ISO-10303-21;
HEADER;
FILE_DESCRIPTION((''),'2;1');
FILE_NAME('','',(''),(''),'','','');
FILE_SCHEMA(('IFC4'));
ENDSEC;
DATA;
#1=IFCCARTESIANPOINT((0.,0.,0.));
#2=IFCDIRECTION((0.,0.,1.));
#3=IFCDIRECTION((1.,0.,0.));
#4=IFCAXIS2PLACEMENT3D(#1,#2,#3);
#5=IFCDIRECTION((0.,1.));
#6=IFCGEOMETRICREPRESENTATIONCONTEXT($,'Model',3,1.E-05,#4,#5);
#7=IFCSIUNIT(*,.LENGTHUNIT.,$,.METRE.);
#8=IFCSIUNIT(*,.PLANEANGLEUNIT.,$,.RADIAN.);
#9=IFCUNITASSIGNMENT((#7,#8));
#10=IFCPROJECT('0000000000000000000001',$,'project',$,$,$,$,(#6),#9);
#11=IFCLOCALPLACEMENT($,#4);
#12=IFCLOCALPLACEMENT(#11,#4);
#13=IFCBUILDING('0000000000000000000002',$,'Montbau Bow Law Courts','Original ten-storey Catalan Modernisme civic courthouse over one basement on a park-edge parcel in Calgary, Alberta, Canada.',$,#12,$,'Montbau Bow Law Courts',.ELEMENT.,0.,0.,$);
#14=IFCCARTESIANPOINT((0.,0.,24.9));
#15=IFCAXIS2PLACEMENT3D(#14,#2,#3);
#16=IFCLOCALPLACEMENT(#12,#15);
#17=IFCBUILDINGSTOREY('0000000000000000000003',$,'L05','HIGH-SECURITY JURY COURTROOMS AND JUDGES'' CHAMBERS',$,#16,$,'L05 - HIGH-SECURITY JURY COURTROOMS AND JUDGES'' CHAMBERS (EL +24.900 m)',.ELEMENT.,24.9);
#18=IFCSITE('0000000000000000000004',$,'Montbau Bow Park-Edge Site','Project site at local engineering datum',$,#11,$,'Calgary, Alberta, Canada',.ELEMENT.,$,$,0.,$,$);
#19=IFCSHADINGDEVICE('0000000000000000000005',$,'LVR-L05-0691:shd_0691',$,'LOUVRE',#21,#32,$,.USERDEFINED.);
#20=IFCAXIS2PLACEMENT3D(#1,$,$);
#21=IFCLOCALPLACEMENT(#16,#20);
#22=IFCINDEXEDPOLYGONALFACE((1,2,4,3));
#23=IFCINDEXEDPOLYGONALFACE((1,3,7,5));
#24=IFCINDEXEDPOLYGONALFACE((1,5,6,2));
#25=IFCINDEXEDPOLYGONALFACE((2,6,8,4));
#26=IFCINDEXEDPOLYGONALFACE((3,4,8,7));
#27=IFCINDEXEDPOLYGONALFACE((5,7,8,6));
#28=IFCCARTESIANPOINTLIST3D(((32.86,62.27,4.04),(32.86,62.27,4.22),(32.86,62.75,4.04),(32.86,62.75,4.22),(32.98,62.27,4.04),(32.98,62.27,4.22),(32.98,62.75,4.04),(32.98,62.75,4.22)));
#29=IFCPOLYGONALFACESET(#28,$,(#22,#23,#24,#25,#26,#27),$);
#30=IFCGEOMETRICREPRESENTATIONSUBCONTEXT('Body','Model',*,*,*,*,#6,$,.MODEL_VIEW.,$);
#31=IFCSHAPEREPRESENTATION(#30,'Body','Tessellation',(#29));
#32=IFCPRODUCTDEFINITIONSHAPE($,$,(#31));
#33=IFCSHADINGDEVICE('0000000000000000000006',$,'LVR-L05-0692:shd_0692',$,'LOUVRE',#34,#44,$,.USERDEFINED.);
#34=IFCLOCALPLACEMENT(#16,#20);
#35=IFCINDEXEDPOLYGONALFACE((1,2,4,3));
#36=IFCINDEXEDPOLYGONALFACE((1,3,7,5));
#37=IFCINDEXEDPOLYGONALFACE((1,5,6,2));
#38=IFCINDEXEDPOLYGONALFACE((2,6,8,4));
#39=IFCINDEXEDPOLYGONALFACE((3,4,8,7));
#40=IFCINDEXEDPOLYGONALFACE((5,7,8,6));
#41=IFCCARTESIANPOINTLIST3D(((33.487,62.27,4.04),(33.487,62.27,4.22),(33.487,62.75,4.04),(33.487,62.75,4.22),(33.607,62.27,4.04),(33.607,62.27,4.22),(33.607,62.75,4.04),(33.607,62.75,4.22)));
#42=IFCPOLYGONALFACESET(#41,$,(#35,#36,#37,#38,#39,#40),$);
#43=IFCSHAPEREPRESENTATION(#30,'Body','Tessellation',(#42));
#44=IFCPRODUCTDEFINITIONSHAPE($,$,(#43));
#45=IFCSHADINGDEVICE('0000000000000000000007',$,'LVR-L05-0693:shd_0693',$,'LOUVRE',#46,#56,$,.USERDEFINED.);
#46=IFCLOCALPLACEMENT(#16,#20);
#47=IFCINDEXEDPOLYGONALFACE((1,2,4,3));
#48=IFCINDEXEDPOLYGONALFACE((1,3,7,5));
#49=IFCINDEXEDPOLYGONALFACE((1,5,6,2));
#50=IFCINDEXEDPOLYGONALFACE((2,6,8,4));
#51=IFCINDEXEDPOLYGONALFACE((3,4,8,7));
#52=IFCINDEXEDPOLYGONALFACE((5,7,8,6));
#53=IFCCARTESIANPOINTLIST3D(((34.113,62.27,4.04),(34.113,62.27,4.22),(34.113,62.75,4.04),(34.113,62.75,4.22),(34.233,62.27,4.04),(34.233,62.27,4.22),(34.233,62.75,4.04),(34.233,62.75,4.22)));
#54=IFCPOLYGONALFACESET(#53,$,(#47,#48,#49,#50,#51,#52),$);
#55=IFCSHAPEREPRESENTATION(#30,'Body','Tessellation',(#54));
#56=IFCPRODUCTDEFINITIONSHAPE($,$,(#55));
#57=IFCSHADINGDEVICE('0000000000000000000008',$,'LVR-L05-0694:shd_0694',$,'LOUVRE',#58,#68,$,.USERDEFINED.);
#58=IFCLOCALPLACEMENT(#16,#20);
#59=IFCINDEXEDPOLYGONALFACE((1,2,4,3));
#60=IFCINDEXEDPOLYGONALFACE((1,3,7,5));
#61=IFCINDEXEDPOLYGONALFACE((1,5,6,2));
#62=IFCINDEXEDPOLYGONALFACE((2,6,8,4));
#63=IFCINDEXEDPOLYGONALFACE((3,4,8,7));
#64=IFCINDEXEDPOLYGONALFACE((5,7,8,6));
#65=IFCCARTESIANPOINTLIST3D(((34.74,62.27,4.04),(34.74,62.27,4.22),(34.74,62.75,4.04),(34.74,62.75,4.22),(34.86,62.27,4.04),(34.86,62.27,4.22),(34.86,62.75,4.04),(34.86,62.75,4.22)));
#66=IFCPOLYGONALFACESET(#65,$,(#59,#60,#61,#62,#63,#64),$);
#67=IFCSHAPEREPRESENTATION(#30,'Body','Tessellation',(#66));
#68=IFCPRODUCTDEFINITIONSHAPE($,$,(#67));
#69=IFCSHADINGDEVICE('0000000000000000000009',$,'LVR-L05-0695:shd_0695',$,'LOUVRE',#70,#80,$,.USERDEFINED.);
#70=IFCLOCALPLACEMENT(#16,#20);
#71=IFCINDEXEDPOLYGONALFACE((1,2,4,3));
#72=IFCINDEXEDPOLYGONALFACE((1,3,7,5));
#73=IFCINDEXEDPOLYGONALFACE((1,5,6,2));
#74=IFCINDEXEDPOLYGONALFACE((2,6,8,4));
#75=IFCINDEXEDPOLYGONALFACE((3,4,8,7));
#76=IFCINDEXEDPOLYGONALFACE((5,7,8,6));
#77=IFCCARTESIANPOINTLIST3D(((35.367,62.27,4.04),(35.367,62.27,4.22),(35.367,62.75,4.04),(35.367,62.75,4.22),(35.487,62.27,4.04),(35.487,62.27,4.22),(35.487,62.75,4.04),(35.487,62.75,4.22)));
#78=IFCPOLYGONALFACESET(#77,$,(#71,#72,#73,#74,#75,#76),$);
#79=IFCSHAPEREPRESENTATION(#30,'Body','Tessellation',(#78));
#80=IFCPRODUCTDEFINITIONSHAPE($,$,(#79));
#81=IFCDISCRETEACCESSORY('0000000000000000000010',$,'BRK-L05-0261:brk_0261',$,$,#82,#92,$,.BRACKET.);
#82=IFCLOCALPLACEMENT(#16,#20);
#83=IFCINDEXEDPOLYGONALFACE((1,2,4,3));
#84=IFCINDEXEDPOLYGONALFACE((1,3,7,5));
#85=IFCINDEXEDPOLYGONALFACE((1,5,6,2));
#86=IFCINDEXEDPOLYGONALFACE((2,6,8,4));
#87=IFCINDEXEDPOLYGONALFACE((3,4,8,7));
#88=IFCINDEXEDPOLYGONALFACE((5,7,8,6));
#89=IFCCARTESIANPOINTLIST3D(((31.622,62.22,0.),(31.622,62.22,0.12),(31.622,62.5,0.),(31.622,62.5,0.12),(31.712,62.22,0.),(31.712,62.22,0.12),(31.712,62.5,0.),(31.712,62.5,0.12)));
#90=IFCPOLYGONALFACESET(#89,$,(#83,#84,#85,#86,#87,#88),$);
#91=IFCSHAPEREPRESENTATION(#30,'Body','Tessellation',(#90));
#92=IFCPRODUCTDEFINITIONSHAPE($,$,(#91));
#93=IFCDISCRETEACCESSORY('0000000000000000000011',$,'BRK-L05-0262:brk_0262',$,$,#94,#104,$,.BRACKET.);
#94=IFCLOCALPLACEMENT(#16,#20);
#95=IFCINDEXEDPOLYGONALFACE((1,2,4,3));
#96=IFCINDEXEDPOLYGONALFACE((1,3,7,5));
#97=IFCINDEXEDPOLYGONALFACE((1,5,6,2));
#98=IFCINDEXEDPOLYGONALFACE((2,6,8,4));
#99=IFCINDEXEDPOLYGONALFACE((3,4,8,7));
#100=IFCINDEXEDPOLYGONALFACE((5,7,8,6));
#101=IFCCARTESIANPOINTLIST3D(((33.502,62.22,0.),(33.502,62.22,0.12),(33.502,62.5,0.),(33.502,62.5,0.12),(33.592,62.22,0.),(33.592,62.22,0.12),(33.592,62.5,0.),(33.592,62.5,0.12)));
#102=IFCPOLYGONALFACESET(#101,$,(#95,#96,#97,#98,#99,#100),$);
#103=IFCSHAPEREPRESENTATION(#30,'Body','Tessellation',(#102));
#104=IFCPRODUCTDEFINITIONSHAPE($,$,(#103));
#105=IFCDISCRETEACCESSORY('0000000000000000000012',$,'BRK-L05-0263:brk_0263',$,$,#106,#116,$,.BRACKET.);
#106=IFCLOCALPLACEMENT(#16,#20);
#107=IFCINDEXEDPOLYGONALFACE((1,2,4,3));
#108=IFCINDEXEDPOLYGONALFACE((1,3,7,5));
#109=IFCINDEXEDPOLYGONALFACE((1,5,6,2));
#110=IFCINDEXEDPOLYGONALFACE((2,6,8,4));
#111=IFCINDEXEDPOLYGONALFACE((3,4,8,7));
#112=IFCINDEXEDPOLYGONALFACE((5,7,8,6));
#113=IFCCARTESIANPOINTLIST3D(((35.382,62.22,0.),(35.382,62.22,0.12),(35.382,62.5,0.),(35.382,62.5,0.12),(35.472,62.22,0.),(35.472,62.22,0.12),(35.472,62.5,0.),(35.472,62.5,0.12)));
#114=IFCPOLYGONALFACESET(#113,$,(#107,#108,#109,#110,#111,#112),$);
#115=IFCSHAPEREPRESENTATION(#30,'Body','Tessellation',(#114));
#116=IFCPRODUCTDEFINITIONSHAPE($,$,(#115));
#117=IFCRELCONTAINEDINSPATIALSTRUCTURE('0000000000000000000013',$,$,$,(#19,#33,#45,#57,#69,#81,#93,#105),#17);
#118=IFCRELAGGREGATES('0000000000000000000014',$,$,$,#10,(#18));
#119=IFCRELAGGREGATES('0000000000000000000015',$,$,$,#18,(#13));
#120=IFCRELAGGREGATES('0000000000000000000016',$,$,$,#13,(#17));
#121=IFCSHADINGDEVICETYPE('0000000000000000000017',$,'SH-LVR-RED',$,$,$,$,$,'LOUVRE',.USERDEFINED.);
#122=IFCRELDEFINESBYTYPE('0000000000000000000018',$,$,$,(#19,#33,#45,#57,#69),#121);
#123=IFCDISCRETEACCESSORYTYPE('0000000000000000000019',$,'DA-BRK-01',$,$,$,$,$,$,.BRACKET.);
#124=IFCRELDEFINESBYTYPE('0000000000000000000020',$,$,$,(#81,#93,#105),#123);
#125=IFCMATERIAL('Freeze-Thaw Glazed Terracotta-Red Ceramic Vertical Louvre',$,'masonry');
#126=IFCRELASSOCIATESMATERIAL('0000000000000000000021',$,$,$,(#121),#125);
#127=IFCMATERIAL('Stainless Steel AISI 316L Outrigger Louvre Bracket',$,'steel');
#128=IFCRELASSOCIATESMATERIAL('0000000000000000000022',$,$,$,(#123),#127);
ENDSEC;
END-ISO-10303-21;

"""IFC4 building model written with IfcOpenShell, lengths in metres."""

from ifc_helpers import new_model, si_unit, direction, frame, origin_with_axes, origin_2d_with_axis, place, context, subcontext, project, spatial, rectangle, extrude, material, type_object, element, save


model = new_model("IFC4")

# Units and contexts
model_context = context("Model", 3, precision=1e-05, world=origin_with_axes(), true_north=direction((0.0, 1.0)))
body_context = subcontext(model_context, "Body", "Model", "MODEL_VIEW")
ifc_project = project(units=[si_unit("LENGTHUNIT", "METRE"), si_unit("PLANEANGLEUNIT", "RADIAN")], contexts=[model_context])

# Site, building, storey
site_placement = place(None, origin_with_axes())
site = spatial("IfcSite", under=ifc_project, at=site_placement, Name="Montbau Bow Park-Edge Site", Description="Project site at local engineering datum", LongName="Calgary, Alberta, Canada", CompositionType="ELEMENT", RefElevation=0.0)
building_placement = place(site_placement, origin_with_axes())
building = spatial("IfcBuilding", under=site, at=building_placement, Name="Montbau Bow Law Courts", Description="Original ten-storey Catalan Modernisme civic courthouse over one basement on a park-edge parcel in Calgary, Alberta, Canada.", LongName="Montbau Bow Law Courts", CompositionType="ELEMENT", ElevationOfRefHeight=0.0, ElevationOfTerrain=0.0)
storey_placement = place(building_placement, frame((0.0, 0.0, 24.9), z_axis=(0.0, 0.0, 1.0), x_axis=(1.0, 0.0, 0.0)))
storey = spatial("IfcBuildingStorey", under=building, at=storey_placement, Name="L05", Description="HIGH-SECURITY JURY COURTROOMS AND JUDGES' CHAMBERS", LongName="L05 - HIGH-SECURITY JURY COURTROOMS AND JUDGES' CHAMBERS (EL +24.900 m)", CompositionType="ELEMENT", Elevation=24.9)

# Shared definitions
ifc_material_1 = material(Name="Freeze-Thaw Glazed Terracotta-Red Ceramic Vertical Louvre", Category="masonry")

# Shading devices
shading_device_type = type_object("IfcShadingDeviceType", Name="SH-LVR-RED", ElementType="LOUVRE", PredefinedType="USERDEFINED", material=ifc_material_1)
for number, where, z_axis, x_axis, name in (
    (1, (32.92, 62.51, 28.94), (0.0, 0.0, 1.0), (0.0, 1.0, 0.0), "LVR-L05-0691:shd_0691"),
    (2, (33.547, 62.51, 28.94), (0.0, 0.0, 1.0), (0.0, 1.0, 0.0), "LVR-L05-0692:shd_0692"),
    (3, (34.173, 62.51, 28.94), (0.0, 0.0, 1.0), (0.0, 1.0, 0.0), "LVR-L05-0693:shd_0693"),
    (4, (34.8, 62.51, 28.94), (0.0, 0.0, 1.0), (0.0, 1.0, 0.0), "LVR-L05-0694:shd_0694"),
    (5, (35.427, 62.51, 28.94), (0.0, 0.0, 1.0), (0.0, 1.0, 0.0), "LVR-L05-0695:shd_0695"),
):
    element("IfcShadingDevice", number, at=place(None, frame(where, z_axis=z_axis, x_axis=x_axis)), inside=storey, type_object=shading_device_type, Name=name, ObjectType="LOUVRE", PredefinedType="USERDEFINED", context=body_context, shape_type="SweptSolid", body=[
        extrude(rectangle(XDim=0.48, YDim=0.12, at=origin_2d_with_axis()), origin_with_axes(), (0.0, 0.0, 1.0), 0.18),
    ])

# Discrete accessories
ifc_material_2 = material(Name="Stainless Steel AISI 316L Outrigger Louvre Bracket", Category="steel")
discrete_accessory_type = type_object("IfcDiscreteAccessoryType", Name="DA-BRK-01", PredefinedType="BRACKET", material=ifc_material_2)
for number, where, z_axis, x_axis, name in (
    (6, (31.667, 62.36, 24.9), (0.0, 0.0, 1.0), (0.0, 1.0, 0.0), "BRK-L05-0261:brk_0261"),
    (7, (33.547, 62.36, 24.9), (0.0, 0.0, 1.0), (0.0, 1.0, 0.0), "BRK-L05-0262:brk_0262"),
    (8, (35.427, 62.36, 24.9), (0.0, 0.0, 1.0), (0.0, 1.0, 0.0), "BRK-L05-0263:brk_0263"),
):
    element("IfcDiscreteAccessory", number, at=place(None, frame(where, z_axis=z_axis, x_axis=x_axis)), inside=storey, type_object=discrete_accessory_type, Name=name, PredefinedType="BRACKET", context=body_context, shape_type="SweptSolid", body=[
        extrude(rectangle(XDim=0.28, YDim=0.09, at=origin_2d_with_axis()), origin_with_axes(), (0.0, 0.0, 1.0), 0.12),
    ])

save(model, "model.ifc")
